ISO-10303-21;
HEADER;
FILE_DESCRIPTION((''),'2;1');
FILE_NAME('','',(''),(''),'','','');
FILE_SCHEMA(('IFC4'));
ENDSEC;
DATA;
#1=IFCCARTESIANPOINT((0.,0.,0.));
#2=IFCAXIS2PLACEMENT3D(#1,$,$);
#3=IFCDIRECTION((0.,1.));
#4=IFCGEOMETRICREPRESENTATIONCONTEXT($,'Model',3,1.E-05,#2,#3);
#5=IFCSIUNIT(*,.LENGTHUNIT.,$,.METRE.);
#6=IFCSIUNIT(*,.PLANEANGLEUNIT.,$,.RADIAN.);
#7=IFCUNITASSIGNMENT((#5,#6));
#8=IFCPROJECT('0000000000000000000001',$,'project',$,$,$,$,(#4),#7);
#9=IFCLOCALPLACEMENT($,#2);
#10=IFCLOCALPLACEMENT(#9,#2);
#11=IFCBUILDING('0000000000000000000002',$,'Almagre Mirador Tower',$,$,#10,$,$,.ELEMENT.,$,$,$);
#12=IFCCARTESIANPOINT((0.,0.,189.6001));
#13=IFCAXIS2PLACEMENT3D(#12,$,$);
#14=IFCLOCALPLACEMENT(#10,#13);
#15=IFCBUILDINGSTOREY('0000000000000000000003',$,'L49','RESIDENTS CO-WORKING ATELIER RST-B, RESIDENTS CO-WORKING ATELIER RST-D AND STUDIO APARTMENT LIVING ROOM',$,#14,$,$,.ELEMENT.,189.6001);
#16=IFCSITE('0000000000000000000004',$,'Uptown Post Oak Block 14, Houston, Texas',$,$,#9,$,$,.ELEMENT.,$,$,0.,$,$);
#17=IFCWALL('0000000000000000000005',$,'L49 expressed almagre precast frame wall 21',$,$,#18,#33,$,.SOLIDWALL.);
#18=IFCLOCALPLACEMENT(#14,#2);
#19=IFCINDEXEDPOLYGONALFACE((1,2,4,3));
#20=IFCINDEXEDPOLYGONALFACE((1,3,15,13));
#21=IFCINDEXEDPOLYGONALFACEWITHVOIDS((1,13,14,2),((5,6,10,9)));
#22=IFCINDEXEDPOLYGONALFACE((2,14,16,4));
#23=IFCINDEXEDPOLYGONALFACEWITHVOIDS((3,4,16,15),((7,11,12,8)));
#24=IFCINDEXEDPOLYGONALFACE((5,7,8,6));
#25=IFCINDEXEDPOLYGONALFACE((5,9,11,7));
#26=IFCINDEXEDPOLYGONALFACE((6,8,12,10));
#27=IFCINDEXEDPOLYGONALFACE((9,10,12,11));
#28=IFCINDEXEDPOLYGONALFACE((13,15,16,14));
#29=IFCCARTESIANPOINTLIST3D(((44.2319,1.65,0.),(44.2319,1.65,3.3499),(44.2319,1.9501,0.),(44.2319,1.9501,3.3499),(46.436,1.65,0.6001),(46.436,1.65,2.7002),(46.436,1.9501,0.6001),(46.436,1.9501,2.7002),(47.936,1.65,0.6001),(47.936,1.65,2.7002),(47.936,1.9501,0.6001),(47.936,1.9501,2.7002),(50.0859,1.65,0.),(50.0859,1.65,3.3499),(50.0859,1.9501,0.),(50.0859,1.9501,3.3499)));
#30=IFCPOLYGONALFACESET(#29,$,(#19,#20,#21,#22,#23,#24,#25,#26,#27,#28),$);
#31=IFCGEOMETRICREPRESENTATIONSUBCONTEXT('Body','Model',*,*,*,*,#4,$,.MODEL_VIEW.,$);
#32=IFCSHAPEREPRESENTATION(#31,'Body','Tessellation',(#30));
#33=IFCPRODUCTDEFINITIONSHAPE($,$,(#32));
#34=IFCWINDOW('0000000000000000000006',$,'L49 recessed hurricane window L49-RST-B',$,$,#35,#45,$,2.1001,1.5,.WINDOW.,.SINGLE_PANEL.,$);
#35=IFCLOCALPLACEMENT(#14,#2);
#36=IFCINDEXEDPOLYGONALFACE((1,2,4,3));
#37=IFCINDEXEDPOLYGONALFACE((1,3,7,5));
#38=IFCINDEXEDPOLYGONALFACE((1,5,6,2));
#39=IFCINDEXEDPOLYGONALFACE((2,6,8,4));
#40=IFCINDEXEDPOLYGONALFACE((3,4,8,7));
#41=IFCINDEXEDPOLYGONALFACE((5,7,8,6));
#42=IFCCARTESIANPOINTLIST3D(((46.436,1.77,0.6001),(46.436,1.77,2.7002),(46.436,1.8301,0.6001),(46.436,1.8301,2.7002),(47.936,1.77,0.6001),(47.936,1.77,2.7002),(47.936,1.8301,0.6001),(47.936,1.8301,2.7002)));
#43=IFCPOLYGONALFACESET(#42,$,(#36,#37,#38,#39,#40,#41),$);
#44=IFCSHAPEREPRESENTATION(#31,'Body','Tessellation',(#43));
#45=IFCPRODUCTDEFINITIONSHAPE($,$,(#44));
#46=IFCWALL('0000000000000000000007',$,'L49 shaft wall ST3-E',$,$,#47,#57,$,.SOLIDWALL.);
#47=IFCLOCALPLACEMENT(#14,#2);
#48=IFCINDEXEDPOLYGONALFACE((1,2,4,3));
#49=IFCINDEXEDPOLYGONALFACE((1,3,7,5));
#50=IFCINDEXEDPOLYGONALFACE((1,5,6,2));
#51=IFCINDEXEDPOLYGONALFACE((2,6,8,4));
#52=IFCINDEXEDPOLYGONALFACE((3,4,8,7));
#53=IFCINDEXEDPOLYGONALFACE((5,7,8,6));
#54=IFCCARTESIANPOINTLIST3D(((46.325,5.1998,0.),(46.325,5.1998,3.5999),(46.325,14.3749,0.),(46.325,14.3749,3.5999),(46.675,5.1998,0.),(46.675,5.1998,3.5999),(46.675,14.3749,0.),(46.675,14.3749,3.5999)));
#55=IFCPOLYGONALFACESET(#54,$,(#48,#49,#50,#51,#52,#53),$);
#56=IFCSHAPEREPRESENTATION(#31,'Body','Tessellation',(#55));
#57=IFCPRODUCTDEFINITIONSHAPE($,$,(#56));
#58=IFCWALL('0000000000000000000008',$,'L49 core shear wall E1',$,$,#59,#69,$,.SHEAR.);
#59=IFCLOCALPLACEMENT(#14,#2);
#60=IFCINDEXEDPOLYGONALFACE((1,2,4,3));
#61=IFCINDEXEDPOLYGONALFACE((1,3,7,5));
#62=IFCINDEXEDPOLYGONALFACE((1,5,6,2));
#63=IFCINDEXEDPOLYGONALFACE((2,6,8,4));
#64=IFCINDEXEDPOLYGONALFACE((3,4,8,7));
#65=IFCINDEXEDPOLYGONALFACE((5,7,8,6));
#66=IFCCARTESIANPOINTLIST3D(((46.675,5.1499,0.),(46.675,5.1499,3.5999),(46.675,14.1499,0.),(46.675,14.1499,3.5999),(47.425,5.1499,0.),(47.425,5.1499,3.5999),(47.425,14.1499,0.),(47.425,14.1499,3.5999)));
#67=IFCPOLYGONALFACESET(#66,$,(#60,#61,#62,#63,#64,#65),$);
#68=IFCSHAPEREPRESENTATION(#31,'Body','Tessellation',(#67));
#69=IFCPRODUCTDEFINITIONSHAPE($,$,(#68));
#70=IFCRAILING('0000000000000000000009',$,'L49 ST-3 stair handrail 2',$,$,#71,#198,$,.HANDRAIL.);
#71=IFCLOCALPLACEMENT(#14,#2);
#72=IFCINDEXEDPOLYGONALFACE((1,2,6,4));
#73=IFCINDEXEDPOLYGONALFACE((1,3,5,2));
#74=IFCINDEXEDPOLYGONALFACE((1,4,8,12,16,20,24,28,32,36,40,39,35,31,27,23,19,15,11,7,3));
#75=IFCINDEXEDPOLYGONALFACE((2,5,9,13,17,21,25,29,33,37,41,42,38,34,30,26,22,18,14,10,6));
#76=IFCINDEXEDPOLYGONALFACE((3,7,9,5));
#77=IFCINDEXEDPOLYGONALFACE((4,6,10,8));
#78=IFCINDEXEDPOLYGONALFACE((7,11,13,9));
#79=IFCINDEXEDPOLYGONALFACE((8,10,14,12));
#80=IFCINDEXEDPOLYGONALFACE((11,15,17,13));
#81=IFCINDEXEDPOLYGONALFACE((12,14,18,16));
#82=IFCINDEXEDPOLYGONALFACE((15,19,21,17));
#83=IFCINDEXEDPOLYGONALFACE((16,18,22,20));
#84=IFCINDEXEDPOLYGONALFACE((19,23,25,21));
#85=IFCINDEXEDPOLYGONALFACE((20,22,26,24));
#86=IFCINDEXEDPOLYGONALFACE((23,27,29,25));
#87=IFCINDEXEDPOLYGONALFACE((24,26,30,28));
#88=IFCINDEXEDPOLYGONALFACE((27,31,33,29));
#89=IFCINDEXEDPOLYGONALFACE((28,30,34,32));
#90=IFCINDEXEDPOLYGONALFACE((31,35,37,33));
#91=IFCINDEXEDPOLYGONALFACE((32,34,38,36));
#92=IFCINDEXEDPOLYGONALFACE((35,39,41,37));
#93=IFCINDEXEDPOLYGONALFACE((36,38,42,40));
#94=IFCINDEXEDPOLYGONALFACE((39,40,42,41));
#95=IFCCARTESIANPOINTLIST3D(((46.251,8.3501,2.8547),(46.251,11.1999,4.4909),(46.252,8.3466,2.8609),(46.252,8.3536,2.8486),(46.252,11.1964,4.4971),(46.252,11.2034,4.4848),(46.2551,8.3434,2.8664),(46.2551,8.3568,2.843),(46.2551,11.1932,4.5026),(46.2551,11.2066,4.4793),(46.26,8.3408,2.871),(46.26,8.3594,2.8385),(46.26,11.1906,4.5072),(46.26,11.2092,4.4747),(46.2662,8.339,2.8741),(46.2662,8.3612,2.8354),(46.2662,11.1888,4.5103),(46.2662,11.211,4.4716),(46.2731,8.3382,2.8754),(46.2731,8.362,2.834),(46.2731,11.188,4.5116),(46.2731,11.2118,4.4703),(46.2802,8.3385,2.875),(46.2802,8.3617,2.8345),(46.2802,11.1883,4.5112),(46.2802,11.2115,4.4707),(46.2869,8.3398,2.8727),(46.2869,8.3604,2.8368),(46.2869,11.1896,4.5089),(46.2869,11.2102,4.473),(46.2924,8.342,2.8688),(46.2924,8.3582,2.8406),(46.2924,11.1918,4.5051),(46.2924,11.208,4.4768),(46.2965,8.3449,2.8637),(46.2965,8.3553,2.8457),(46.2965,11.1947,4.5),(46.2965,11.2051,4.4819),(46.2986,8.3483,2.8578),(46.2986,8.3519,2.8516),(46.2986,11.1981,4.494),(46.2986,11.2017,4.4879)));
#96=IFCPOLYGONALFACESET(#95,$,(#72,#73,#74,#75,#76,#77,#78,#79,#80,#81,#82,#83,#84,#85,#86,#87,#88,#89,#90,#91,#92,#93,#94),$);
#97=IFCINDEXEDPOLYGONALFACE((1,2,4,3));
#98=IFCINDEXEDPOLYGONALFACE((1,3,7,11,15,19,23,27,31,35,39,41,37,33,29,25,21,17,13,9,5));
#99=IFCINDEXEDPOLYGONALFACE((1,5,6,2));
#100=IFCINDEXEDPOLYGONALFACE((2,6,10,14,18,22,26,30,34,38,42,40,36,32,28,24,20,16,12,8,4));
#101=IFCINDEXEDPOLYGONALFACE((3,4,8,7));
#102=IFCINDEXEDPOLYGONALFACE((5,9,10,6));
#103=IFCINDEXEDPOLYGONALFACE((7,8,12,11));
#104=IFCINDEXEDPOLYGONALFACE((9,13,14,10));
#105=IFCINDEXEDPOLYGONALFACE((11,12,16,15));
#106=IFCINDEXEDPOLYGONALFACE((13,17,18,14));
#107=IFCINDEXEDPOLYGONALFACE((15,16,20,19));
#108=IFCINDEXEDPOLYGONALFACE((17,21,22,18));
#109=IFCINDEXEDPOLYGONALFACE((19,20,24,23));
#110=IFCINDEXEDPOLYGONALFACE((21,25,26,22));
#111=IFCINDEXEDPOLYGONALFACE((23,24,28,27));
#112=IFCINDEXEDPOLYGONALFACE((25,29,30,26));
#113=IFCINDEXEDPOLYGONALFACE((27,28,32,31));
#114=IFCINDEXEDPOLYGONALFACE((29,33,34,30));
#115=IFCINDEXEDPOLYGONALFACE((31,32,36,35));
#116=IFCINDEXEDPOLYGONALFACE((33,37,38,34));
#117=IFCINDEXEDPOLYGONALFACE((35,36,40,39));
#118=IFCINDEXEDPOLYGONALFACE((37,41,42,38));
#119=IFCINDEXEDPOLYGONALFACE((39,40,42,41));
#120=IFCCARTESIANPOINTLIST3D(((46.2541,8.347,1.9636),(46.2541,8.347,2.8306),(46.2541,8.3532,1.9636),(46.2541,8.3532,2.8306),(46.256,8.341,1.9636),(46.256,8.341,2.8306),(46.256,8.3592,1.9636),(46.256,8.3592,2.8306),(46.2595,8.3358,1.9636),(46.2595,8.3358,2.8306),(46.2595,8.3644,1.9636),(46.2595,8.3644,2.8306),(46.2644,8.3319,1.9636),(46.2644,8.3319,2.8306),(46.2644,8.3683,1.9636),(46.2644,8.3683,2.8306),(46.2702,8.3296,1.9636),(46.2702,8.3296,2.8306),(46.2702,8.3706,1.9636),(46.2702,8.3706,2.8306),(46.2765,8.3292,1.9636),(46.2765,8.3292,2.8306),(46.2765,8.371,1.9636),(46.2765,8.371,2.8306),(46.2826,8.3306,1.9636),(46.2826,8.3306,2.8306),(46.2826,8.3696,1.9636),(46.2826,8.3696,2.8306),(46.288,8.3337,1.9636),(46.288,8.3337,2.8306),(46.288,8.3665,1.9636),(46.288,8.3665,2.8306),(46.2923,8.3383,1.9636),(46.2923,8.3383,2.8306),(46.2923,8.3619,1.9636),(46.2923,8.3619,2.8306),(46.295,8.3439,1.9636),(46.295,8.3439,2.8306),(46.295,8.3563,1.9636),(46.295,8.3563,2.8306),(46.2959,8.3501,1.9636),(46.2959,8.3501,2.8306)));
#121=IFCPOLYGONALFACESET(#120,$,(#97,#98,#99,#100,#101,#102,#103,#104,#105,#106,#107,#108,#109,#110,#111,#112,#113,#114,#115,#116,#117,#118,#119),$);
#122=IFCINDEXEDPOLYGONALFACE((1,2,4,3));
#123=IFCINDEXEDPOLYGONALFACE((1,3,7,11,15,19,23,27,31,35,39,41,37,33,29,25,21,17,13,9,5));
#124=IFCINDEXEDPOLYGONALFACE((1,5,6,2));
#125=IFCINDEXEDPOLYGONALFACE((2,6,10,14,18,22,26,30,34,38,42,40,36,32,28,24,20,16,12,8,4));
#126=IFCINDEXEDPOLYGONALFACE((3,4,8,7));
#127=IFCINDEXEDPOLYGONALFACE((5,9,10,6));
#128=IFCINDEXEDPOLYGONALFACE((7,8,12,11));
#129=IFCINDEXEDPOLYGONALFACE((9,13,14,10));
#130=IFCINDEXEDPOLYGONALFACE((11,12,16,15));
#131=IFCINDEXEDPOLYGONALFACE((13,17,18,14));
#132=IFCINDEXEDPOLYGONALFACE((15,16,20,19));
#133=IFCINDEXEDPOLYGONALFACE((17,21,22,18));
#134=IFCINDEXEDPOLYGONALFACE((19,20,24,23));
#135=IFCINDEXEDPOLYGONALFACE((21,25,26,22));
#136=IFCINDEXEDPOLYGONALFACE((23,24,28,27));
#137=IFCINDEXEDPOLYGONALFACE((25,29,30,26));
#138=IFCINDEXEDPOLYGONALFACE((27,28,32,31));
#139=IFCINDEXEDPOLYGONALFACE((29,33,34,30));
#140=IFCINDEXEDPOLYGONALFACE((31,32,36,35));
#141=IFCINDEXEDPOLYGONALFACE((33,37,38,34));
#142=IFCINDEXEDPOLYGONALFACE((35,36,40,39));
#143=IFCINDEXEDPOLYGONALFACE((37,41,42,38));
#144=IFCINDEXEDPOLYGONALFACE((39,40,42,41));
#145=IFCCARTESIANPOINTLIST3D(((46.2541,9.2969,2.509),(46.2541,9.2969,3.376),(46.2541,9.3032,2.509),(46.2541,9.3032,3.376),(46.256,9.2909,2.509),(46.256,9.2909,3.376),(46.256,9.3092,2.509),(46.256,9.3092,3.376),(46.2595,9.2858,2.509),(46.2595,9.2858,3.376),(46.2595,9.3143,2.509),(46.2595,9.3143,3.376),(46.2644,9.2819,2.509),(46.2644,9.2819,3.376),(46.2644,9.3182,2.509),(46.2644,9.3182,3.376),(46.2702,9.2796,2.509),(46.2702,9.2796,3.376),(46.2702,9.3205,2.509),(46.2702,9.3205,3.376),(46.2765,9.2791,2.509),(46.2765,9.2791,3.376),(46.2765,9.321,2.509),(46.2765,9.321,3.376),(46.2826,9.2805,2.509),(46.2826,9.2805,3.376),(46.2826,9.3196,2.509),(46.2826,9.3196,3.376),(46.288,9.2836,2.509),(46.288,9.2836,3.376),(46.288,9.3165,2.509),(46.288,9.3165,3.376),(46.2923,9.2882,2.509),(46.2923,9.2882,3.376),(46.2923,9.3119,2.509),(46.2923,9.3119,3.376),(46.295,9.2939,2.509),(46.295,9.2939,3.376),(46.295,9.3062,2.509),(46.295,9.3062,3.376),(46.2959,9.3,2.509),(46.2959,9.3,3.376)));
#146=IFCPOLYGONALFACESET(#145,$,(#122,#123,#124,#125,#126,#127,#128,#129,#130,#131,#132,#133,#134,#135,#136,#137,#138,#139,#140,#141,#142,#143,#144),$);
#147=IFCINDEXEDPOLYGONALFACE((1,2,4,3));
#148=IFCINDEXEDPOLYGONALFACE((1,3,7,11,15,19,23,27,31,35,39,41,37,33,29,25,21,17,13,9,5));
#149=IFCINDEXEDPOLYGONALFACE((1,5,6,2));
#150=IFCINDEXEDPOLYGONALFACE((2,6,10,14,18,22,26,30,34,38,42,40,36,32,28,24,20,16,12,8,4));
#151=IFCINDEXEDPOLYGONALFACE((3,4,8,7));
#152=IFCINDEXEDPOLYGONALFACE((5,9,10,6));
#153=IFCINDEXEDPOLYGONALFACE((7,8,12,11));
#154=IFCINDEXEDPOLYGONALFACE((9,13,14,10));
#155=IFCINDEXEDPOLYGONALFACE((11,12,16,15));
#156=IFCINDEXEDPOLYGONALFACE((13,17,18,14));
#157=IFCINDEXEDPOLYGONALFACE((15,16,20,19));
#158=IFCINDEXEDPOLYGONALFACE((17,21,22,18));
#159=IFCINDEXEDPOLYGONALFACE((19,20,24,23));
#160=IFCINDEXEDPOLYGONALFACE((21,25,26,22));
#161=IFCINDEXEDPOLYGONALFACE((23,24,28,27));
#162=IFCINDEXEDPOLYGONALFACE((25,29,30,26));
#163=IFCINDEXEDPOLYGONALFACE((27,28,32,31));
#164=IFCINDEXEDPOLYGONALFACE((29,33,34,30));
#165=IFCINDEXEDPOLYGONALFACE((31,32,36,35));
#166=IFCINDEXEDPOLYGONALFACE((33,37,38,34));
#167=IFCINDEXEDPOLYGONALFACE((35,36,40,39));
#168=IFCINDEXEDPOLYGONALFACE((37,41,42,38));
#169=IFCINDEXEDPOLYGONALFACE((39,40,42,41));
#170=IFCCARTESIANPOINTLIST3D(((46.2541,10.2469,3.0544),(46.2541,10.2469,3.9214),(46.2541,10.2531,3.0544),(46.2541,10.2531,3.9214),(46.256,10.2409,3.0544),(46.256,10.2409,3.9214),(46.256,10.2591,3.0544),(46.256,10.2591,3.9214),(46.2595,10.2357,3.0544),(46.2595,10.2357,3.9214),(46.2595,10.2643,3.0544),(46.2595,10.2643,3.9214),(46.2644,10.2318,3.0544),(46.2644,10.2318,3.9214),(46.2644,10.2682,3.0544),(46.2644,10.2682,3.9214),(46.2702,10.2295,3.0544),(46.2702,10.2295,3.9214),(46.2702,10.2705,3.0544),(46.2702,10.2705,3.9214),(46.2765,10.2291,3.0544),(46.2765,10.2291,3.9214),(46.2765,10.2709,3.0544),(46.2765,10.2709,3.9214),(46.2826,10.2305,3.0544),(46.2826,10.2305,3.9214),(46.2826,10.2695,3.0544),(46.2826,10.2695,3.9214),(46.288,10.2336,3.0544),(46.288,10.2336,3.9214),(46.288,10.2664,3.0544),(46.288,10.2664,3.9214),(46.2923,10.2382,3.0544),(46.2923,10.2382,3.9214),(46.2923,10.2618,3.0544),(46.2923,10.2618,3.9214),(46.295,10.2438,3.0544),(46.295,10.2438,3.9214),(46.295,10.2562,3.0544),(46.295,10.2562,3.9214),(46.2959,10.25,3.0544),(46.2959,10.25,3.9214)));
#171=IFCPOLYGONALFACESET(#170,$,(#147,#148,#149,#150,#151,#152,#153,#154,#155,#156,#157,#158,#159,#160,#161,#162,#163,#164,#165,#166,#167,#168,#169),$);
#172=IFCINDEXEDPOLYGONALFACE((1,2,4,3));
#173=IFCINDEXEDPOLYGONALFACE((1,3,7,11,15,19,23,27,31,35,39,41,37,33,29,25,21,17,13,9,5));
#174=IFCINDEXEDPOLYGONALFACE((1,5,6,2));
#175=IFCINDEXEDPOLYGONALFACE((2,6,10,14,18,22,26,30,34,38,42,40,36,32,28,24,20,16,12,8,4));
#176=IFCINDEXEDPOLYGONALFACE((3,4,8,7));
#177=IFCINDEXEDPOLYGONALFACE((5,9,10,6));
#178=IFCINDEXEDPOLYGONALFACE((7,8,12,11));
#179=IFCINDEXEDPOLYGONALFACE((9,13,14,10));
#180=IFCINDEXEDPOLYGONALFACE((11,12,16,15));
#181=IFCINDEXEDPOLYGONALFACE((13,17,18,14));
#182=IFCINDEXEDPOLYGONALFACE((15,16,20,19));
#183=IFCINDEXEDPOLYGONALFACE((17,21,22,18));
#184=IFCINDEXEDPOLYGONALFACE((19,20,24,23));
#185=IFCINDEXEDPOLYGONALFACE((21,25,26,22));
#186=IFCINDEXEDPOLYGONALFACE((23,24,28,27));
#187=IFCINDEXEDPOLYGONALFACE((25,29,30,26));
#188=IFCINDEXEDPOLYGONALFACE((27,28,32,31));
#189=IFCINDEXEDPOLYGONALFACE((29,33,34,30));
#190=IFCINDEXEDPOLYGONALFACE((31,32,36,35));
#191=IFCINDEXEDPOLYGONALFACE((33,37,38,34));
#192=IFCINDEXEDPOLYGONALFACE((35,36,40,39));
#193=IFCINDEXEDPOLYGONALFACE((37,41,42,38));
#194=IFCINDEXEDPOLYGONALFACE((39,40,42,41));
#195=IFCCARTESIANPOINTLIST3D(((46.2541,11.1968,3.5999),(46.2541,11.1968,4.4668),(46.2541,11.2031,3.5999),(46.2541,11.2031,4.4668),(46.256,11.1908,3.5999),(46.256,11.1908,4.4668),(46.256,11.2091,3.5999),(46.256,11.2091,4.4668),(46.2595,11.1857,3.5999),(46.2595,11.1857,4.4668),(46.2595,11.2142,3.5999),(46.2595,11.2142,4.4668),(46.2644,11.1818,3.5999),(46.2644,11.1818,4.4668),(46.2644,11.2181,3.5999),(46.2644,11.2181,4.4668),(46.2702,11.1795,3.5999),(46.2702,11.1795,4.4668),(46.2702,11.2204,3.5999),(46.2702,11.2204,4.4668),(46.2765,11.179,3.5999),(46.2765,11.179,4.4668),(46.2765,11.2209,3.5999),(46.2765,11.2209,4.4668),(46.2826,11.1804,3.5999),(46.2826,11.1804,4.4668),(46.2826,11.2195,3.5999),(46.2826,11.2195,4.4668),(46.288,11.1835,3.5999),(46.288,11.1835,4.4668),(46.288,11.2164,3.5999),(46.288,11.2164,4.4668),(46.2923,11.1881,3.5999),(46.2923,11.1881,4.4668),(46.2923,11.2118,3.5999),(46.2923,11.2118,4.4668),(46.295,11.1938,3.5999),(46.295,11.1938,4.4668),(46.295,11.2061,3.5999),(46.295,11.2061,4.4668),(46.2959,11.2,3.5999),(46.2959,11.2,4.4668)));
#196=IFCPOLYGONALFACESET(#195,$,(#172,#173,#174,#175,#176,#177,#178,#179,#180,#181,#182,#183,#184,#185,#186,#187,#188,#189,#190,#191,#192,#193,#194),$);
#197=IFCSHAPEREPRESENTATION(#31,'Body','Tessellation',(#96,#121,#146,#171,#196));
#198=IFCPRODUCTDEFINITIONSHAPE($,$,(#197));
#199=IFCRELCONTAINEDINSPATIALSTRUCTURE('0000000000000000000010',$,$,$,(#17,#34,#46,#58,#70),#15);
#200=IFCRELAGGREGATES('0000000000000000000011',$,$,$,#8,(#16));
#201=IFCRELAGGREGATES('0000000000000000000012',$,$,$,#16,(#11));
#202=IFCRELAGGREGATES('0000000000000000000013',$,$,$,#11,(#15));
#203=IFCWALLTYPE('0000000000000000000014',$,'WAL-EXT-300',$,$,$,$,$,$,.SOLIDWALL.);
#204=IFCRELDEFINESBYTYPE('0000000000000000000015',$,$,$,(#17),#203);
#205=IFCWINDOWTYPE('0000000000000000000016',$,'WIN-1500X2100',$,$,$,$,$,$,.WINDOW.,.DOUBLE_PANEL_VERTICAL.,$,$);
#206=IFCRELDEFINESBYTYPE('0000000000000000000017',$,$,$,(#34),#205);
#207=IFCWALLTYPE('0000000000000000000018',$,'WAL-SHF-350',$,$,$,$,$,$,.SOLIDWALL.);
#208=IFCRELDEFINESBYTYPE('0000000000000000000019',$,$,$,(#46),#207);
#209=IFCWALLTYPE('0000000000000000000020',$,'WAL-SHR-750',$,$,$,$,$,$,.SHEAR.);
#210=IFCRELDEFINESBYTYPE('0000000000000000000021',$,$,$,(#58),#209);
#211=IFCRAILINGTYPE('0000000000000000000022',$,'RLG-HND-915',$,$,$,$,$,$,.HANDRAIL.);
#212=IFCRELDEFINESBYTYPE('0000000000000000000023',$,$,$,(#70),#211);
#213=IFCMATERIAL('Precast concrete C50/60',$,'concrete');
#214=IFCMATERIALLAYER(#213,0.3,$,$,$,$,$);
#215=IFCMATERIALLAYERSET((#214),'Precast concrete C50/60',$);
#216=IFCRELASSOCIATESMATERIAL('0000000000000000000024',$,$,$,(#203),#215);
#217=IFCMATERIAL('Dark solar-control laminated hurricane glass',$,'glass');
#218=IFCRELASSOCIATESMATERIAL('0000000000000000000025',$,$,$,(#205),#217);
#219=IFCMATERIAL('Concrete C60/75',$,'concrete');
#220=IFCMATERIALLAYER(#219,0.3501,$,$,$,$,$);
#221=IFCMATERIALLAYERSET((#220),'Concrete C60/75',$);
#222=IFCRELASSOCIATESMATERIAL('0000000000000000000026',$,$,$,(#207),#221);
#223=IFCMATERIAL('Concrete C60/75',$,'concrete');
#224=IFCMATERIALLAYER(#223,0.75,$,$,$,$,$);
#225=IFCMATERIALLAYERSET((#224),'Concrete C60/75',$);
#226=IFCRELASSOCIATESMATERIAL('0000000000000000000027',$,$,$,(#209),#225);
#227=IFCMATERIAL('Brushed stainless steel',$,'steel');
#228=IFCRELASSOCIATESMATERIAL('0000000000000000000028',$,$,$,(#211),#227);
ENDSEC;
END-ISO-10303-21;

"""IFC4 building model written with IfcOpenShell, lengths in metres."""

from ifc_helpers import new_model, si_unit, direction, frame, frame_2d, origin, origin_2d, place, context, subcontext, project, spatial, rectangle, circle, extrude, material, layer, layer_set, type_object, element, fill, save


model = new_model("IFC4")

# Units and contexts
model_context = context("Model", 3, precision=1e-05, world=origin(), true_north=direction((0.0, 1.0)))
body_context = subcontext(model_context, "Body", "Model", "MODEL_VIEW")
ifc_project = project(units=[si_unit("LENGTHUNIT", "METRE"), si_unit("PLANEANGLEUNIT", "RADIAN")], contexts=[model_context])

# Site, building, storey
site_placement = place(None, origin())
site = spatial("IfcSite", under=ifc_project, at=site_placement, Name="Uptown Post Oak Block 14, Houston, Texas", CompositionType="ELEMENT", RefElevation=0.0)
building_placement = place(site_placement, origin())
building = spatial("IfcBuilding", under=site, at=building_placement, Name="Almagre Mirador Tower", CompositionType="ELEMENT")
storey_placement = place(building_placement, frame((0.0, 0.0, 189.6001)))
storey = spatial("IfcBuildingStorey", under=building, at=storey_placement, Name="L49", Description="RESIDENTS CO-WORKING ATELIER RST-B, RESIDENTS CO-WORKING ATELIER RST-D AND STUDIO APARTMENT LIVING ROOM", CompositionType="ELEMENT", Elevation=189.6001)

# Shared definitions
ifc_material_1 = material(Name="Precast concrete C50/60", Category="concrete")
ifc_layer_1 = layer(ifc_material_1, 0.3)
ifc_layer_set_1 = layer_set([ifc_layer_1], Name="Precast concrete C50/60")
wall_type_1 = type_object("IfcWallType", Name="WAL-EXT-300", PredefinedType="SOLIDWALL", material=ifc_layer_set_1)

# Wall, opening, window
wall_1_placement = place(storey_placement, frame((50.0859, 1.8, 0.0), z_axis=(0.0, 0.0, 1.0), x_axis=(-1.0, 0.0, 0.0)))
wall_1 = element("IfcWall", 1, at=wall_1_placement, inside=storey, type_object=wall_type_1, Name="L49 expressed almagre precast frame wall 21", PredefinedType="SOLIDWALL", context=body_context, shape_type="SweptSolid", body=[
    extrude(rectangle(XDim=5.854, YDim=0.3, at=frame_2d((2.927, 0.0))), origin(), (0.0, 0.0, 1.0), 3.3499),
])
opening_1_placement = place(wall_1_placement, frame((2.1499, 0.0, 0.6001)))
opening_1 = element("IfcOpeningElement", 2, at=opening_1_placement, cuts=wall_1, PredefinedType="OPENING", context=body_context, shape_type="SweptSolid", body=[
    extrude(rectangle(XDim=1.5, YDim=2.1001, at=frame_2d((0.75, 1.05))), frame((0.0, 0.1599, 0.0), z_axis=(0.0, -1.0, 0.0), x_axis=(1.0, 0.0, 0.0)), (0.0, 0.0, 1.0), 0.32),
])
ifc_material_2 = material(Name="Dark solar-control laminated hurricane glass", Category="glass")
window_type_1 = type_object("IfcWindowType", Name="WIN-1500X2100", PartitioningType="DOUBLE_PANEL_VERTICAL", PredefinedType="WINDOW", material=ifc_material_2)
window_1_placement = place(opening_1_placement, origin())
window_1 = element("IfcWindow", 3, at=window_1_placement, inside=storey, type_object=window_type_1, Name="L49 recessed hurricane window L49-RST-B", OverallHeight=2.1001, OverallWidth=1.5, PartitioningType="SINGLE_PANEL", PredefinedType="WINDOW", context=body_context, shape_type="SweptSolid", body=[
    extrude(rectangle(XDim=1.5, YDim=2.1001, at=frame_2d((0.75, 1.05))), frame((0.0, 0.03, 0.0), z_axis=(0.0, -1.0, 0.0), x_axis=(1.0, 0.0, 0.0)), (0.0, 0.0, 1.0), 0.0601),
])
fill(opening_1, window_1)

# Walls
ifc_material_3 = material(Name="Concrete C60/75", Category="concrete")
ifc_layer_2 = layer(ifc_material_3, 0.3501)
ifc_layer_set_2 = layer_set([ifc_layer_2], Name="Concrete C60/75")
wall_type_2 = type_object("IfcWallType", Name="WAL-SHF-350", PredefinedType="SOLIDWALL", material=ifc_layer_set_2)
wall_2_placement = place(storey_placement, frame((46.5, 5.2, 0.0), z_axis=(0.0, 0.0, 1.0), x_axis=(0.0, 1.0, 0.0)))
element("IfcWall", 4, at=wall_2_placement, inside=storey, type_object=wall_type_2, Name="L49 shaft wall ST3-E", PredefinedType="SOLIDWALL", context=body_context, shape_type="SweptSolid", body=[
    extrude(rectangle(XDim=9.175, YDim=0.3501, at=frame_2d((4.5874, 0.0))), origin(), (0.0, 0.0, 1.0), 3.5999),
])
ifc_material_4 = material(Name="Concrete C60/75", Category="concrete")
ifc_layer_3 = layer(ifc_material_4, 0.75)
ifc_layer_set_3 = layer_set([ifc_layer_3], Name="Concrete C60/75")
wall_type_3 = type_object("IfcWallType", Name="WAL-SHR-750", PredefinedType="SHEAR", material=ifc_layer_set_3)
wall_3_placement = place(storey_placement, frame((47.05, 5.1499, 0.0), z_axis=(0.0, 0.0, 1.0), x_axis=(0.0, 1.0, 0.0)))
element("IfcWall", 5, at=wall_3_placement, inside=storey, type_object=wall_type_3, Name="L49 core shear wall E1", PredefinedType="SHEAR", context=body_context, shape_type="SweptSolid", body=[
    extrude(rectangle(XDim=9.0, YDim=0.75, at=frame_2d((4.5, 0.0))), origin(), (0.0, 0.0, 1.0), 3.5999),
])

# Railing
ifc_material_5 = material(Name="Brushed stainless steel", Category="steel")
railing_type = type_object("IfcRailingType", Name="RLG-HND-915", PredefinedType="HANDRAIL", material=ifc_material_5)
railing_placement = place(storey_placement, frame((46.2749, 8.3501, 1.9636)))
element("IfcRailing", 6, at=railing_placement, inside=storey, type_object=railing_type, Name="L49 ST-3 stair handrail 2", PredefinedType="HANDRAIL", context=body_context, shape_type="SweptSolid", body=[
    extrude(circle(Radius=0.0239, at=origin_2d()), frame((0.0, 0.0, 0.8911), z_axis=(0.0, 0.867226, 0.497914), x_axis=(-1.0, 0.0, 0.0)), (0.0, 0.0, 1.0), 3.2861),
    extrude(circle(Radius=0.021, at=origin_2d()), origin(), (0.0, 0.0, 1.0), 0.8669),
    extrude(circle(Radius=0.021, at=origin_2d()), frame((0.0, 0.95, 0.5454)), (0.0, 0.0, 1.0), 0.8669),
    extrude(circle(Radius=0.021, at=origin_2d()), frame((0.0, 1.8999, 1.0908)), (0.0, 0.0, 1.0), 0.8669),
    extrude(circle(Radius=0.021, at=origin_2d()), frame((0.0, 2.8499, 1.6362)), (0.0, 0.0, 1.0), 0.8669),
])

save(model, "model.ifc")
